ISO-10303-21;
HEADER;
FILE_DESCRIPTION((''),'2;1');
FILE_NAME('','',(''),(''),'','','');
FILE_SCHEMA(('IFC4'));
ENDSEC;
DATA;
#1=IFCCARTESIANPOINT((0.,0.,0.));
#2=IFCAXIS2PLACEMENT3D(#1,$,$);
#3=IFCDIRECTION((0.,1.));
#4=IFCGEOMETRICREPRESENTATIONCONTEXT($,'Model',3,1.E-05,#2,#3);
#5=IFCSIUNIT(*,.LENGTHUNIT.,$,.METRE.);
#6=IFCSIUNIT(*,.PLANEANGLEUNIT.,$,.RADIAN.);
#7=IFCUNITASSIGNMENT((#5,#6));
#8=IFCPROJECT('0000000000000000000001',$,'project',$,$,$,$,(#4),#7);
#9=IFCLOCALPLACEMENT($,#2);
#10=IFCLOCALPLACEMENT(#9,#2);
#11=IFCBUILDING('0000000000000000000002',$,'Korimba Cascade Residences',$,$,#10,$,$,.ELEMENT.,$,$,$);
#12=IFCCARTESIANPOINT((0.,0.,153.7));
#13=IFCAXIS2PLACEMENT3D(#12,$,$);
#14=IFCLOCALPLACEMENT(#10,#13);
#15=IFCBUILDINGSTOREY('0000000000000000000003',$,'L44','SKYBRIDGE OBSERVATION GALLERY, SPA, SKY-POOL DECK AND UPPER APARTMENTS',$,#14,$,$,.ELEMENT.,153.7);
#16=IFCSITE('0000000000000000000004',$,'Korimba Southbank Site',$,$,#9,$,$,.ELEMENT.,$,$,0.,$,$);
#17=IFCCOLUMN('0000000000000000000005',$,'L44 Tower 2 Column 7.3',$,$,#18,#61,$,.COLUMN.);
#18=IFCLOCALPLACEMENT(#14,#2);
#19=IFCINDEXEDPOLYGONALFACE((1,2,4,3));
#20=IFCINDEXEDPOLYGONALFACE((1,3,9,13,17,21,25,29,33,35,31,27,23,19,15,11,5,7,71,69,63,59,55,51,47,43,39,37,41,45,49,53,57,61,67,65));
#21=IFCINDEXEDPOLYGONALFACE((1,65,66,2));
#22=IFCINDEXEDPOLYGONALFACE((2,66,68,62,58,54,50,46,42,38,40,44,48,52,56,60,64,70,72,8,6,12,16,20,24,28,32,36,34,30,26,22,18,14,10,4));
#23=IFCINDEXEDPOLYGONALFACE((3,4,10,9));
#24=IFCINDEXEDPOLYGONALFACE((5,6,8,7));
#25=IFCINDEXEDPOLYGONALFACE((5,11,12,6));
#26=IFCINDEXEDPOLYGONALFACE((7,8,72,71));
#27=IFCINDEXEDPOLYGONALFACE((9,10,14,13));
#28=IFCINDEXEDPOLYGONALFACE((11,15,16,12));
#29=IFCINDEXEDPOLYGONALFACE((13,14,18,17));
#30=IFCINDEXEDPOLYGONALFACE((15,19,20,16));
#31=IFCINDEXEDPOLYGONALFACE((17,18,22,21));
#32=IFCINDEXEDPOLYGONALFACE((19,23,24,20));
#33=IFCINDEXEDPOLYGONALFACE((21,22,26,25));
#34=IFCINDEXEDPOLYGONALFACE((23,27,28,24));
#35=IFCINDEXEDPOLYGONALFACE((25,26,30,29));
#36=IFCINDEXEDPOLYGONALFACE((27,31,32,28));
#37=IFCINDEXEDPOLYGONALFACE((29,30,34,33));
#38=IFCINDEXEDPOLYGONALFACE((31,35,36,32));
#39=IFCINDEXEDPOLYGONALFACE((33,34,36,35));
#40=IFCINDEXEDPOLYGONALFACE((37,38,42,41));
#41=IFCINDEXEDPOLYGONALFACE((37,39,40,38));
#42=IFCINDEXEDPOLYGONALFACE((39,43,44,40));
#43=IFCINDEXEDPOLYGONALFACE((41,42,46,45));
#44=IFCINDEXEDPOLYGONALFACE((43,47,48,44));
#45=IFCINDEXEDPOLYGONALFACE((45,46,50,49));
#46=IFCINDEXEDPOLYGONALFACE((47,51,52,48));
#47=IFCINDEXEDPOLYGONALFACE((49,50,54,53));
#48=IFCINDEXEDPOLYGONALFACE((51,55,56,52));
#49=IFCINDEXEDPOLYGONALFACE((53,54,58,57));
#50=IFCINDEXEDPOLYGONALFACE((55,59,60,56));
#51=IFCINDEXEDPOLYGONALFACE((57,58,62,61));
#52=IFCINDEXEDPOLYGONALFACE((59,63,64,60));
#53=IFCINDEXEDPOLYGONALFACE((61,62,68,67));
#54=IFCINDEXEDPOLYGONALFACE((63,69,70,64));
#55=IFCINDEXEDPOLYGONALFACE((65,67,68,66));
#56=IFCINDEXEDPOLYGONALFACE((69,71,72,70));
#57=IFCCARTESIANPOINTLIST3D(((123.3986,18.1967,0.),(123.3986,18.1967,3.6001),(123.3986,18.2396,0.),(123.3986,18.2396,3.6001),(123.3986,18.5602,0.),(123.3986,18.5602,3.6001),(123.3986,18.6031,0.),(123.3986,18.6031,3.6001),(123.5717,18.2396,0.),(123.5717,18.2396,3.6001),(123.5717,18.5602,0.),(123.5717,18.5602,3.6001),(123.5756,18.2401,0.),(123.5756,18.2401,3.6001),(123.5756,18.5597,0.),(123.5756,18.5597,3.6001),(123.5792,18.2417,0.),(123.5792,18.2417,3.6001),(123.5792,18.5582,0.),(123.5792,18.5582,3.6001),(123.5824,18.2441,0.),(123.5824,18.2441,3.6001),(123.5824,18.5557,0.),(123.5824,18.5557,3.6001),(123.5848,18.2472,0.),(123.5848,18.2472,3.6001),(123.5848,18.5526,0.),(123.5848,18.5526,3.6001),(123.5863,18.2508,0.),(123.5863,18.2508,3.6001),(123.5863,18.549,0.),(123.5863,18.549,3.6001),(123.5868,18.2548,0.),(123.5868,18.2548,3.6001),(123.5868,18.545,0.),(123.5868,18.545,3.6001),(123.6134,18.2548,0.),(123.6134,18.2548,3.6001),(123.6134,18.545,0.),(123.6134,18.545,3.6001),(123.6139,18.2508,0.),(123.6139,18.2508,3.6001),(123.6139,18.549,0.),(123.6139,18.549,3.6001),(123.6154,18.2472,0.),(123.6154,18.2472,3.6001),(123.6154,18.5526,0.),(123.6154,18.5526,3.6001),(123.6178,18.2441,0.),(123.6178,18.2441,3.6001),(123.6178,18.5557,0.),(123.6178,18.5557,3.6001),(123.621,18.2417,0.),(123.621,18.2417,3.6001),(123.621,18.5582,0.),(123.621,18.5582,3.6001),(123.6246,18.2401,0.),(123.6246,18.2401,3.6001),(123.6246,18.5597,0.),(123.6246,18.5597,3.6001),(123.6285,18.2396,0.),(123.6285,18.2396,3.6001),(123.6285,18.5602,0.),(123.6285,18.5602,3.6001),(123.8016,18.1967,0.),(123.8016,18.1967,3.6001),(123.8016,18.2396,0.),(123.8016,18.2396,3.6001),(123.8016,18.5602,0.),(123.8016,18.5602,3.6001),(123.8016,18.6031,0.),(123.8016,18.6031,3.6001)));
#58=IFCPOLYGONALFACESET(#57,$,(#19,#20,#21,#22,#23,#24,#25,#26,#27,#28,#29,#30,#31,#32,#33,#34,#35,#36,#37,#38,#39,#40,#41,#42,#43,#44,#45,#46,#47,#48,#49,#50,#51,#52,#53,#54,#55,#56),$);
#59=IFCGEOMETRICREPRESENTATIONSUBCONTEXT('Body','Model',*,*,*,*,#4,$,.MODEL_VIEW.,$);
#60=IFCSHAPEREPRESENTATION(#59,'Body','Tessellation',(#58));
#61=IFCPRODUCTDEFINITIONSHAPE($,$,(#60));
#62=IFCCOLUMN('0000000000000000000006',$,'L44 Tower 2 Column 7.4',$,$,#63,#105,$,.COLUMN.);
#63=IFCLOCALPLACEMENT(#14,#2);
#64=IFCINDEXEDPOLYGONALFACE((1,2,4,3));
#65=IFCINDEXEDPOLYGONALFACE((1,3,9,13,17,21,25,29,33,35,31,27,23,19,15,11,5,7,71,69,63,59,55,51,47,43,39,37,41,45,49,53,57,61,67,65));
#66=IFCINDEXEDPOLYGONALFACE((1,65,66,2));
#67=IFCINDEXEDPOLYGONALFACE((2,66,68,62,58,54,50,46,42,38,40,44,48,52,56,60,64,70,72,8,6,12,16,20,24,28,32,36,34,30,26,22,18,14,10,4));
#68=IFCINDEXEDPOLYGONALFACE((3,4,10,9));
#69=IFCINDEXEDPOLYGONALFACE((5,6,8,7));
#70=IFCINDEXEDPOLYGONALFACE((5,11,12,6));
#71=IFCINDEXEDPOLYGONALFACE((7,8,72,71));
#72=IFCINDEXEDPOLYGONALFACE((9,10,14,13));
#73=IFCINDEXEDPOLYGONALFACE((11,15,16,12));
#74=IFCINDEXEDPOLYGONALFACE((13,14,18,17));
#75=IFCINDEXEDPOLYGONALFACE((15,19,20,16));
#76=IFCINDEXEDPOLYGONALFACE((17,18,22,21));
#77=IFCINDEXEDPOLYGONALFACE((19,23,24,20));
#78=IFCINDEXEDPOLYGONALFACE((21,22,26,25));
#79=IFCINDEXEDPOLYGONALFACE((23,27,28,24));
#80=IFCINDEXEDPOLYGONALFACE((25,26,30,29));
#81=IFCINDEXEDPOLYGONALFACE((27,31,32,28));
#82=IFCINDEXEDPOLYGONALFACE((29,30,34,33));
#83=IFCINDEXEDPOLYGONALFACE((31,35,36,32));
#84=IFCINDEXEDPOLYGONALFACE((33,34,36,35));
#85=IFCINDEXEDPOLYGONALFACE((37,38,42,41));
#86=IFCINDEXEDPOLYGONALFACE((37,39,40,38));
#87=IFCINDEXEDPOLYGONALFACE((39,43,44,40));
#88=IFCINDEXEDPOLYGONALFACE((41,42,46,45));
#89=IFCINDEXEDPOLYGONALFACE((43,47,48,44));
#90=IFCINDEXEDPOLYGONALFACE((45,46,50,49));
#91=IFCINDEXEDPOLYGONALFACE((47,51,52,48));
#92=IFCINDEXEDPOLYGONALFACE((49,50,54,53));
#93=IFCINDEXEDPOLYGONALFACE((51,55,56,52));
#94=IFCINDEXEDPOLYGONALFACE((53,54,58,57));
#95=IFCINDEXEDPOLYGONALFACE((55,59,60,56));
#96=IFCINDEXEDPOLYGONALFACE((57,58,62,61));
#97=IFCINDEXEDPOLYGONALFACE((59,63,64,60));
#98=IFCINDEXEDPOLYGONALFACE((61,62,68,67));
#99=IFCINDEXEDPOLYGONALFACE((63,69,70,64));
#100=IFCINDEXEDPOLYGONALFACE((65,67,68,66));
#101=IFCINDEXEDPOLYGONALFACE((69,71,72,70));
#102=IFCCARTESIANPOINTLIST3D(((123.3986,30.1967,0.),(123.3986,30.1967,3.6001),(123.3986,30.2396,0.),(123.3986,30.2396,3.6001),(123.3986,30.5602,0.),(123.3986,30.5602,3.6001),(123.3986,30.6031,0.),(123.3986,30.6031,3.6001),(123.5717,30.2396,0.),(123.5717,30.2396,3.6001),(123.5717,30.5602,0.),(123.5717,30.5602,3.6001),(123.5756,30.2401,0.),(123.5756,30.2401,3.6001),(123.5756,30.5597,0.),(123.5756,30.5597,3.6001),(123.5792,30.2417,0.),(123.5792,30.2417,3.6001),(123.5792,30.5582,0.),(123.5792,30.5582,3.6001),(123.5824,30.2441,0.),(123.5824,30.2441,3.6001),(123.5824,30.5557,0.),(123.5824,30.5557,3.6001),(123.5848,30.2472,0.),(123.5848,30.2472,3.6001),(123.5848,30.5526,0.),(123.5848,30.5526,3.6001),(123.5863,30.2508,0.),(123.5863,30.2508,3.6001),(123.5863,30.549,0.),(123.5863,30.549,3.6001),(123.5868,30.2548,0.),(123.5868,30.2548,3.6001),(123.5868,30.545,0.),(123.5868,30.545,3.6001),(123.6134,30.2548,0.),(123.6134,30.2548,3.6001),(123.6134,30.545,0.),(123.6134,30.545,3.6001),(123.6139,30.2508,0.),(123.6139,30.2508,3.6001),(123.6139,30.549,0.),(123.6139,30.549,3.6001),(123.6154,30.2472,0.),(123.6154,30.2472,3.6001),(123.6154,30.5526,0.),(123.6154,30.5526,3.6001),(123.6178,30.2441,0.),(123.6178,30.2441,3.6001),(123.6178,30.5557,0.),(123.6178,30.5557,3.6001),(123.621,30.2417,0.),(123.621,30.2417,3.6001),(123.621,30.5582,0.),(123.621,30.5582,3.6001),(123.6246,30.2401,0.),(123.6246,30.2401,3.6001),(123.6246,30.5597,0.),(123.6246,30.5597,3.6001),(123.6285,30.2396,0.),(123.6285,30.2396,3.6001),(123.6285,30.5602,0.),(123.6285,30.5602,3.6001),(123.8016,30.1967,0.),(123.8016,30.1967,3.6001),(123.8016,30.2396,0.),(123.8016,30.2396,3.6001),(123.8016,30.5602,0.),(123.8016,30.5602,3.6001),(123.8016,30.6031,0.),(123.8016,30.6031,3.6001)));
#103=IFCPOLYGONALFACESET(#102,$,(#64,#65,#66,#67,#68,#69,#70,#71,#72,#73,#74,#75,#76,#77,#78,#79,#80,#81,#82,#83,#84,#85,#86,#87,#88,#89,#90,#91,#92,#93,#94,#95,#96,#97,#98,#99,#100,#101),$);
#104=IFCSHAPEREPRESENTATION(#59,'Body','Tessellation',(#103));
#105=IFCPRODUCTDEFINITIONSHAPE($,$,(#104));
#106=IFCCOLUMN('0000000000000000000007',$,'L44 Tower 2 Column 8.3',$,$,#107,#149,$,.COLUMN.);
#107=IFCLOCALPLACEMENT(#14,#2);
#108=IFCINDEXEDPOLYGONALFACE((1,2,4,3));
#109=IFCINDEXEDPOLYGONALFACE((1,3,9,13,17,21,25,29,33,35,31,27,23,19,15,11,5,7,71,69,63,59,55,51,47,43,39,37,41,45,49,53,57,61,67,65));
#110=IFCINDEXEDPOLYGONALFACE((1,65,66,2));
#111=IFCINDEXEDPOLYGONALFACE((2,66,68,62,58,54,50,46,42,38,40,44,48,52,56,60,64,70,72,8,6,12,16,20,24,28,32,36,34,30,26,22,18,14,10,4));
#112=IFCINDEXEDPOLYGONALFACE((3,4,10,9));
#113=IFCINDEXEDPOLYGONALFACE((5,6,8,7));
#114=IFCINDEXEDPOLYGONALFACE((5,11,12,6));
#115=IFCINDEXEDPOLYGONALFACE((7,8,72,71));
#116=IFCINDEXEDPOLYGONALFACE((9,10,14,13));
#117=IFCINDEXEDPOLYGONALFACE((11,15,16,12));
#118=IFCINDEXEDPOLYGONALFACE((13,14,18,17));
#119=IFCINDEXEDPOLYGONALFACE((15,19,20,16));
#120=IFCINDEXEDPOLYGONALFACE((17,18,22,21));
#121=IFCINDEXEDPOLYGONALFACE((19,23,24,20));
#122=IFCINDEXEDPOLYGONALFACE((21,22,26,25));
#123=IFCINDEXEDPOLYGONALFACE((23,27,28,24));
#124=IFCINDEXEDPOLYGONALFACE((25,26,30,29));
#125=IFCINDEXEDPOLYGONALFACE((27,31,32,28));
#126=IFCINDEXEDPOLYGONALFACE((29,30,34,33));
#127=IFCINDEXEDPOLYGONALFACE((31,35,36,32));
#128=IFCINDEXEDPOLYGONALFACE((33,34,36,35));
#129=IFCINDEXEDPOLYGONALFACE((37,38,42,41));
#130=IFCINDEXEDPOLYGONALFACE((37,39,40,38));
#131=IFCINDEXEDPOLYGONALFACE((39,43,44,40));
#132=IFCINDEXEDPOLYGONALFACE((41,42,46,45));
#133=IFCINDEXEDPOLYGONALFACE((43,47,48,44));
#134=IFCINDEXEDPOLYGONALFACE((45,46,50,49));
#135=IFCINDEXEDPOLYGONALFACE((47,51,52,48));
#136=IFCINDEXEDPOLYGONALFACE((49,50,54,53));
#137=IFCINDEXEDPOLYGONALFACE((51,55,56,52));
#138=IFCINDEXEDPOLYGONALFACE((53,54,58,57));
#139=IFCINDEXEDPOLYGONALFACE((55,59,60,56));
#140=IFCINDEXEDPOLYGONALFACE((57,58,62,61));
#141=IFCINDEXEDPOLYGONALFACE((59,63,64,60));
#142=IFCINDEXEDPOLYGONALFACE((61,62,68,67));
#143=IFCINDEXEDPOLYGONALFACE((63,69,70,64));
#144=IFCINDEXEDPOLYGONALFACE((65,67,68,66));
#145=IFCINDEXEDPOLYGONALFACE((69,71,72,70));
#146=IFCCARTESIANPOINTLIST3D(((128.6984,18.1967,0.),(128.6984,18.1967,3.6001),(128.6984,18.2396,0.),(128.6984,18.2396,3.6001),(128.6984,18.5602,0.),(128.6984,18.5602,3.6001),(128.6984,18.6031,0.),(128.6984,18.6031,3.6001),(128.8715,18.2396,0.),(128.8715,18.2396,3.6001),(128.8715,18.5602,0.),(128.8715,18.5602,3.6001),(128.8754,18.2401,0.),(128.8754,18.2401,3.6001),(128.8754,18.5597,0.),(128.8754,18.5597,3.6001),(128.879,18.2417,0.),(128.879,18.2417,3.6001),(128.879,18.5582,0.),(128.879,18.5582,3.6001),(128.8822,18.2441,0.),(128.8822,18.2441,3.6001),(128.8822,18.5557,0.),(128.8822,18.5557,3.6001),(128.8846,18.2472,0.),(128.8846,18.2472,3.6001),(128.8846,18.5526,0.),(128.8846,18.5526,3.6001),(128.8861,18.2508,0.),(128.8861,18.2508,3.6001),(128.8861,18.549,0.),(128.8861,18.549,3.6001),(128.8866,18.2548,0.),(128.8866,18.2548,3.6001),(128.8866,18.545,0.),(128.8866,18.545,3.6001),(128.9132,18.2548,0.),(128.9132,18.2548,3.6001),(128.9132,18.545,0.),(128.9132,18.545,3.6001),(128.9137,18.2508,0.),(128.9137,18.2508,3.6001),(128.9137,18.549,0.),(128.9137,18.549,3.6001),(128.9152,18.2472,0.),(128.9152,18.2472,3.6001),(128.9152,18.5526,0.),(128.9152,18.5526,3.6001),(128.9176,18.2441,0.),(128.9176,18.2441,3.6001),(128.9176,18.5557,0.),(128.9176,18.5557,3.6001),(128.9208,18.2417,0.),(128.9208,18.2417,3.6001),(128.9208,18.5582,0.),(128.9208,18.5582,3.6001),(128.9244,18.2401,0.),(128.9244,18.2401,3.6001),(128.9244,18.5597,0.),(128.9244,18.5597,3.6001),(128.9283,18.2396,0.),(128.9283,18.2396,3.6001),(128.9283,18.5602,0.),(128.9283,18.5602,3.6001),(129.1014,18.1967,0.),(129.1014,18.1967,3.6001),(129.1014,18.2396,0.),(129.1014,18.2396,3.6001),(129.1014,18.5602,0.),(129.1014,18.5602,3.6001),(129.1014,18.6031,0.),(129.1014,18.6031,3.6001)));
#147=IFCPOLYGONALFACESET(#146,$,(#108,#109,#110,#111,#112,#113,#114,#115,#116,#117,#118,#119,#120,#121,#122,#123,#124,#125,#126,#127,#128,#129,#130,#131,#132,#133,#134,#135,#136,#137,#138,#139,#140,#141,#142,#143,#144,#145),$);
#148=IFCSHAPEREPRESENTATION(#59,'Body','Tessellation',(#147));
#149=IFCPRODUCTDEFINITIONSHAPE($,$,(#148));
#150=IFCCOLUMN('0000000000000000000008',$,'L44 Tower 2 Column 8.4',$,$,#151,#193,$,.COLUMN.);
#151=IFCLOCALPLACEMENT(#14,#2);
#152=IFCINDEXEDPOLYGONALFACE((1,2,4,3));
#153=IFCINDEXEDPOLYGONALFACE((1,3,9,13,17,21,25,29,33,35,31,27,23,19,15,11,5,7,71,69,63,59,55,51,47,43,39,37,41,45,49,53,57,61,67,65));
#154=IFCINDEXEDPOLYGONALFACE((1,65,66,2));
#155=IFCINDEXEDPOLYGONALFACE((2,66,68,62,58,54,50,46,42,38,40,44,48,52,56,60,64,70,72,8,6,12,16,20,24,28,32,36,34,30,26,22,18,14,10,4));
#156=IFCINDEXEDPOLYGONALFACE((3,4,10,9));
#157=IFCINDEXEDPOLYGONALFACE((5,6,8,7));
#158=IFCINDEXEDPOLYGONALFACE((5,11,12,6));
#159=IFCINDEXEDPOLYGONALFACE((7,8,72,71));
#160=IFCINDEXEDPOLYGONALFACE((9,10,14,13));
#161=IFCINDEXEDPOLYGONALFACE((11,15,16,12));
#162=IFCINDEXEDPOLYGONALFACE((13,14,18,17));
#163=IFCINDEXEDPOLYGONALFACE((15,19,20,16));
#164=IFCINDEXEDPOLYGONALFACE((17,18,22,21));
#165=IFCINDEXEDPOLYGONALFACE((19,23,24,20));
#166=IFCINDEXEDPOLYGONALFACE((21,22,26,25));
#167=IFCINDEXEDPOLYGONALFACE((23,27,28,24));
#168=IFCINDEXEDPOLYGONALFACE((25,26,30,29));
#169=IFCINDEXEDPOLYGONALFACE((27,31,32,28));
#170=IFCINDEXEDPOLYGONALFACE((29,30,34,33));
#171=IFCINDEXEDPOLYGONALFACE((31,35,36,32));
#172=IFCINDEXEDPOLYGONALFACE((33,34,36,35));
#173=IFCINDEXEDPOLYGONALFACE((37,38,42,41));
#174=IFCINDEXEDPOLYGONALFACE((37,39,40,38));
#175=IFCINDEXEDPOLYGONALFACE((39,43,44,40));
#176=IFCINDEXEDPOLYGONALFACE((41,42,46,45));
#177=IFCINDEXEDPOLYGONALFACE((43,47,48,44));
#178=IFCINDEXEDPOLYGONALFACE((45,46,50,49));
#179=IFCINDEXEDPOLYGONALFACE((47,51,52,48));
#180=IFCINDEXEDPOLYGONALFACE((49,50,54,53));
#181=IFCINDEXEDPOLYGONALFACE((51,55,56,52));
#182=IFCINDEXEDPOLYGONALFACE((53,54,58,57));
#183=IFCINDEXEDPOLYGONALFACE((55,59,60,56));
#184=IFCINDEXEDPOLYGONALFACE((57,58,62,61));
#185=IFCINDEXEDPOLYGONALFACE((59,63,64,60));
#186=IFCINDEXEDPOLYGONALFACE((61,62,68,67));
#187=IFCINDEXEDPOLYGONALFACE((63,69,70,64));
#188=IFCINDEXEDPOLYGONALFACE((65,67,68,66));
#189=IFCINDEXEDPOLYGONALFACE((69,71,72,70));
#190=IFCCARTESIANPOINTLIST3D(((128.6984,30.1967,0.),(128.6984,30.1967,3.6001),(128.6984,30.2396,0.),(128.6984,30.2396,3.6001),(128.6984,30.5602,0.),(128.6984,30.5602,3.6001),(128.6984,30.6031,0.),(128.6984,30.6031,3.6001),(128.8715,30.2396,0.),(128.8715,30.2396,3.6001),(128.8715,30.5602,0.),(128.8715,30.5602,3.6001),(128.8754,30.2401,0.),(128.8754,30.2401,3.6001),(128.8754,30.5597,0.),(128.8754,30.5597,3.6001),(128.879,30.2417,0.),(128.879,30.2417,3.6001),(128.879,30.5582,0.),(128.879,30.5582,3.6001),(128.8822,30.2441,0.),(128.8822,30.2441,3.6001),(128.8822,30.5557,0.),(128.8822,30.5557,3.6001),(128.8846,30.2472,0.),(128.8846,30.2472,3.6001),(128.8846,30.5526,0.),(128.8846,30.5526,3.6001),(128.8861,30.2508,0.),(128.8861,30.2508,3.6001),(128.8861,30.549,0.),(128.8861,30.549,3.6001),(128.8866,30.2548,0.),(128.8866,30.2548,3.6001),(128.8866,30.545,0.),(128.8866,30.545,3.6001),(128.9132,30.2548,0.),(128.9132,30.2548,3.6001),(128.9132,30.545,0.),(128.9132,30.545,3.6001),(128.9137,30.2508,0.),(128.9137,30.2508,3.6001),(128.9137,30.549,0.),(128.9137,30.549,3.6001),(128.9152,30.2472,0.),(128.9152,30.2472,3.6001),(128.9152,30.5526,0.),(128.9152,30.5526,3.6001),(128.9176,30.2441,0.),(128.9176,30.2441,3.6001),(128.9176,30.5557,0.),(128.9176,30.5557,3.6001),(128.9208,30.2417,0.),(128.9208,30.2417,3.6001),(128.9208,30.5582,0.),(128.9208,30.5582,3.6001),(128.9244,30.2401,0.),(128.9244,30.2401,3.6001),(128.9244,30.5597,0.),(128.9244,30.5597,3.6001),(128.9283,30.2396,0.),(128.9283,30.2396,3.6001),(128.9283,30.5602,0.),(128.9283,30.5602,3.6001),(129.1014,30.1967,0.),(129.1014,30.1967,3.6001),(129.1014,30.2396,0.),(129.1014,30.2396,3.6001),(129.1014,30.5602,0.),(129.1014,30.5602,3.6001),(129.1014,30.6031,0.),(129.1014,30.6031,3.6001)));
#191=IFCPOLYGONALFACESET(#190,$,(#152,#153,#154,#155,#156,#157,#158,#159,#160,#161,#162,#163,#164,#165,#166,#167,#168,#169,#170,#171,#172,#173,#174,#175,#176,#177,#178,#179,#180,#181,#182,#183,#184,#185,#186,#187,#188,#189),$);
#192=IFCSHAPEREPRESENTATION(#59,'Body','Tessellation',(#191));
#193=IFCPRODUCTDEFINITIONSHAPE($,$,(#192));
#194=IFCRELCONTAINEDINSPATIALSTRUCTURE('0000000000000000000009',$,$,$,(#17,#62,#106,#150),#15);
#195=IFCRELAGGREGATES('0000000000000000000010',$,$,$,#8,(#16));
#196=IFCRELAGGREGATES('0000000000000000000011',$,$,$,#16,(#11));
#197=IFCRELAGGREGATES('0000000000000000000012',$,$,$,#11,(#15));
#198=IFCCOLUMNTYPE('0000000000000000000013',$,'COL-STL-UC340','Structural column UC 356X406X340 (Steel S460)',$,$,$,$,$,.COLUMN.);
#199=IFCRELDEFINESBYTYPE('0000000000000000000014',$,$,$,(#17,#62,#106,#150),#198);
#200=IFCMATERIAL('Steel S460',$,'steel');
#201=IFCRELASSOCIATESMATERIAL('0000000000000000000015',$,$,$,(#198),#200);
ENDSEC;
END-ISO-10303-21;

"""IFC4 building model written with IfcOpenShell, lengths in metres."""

from ifc_helpers import new_model, si_unit, direction, frame, origin, origin_2d, place, context, subcontext, project, spatial, i_section, extrude, material, material_profile, profile_set, type_object, element, save


model = new_model("IFC4")

# Units and contexts
model_context = context("Model", 3, precision=1e-05, world=origin(), true_north=direction((0.0, 1.0)))
body_context = subcontext(model_context, "Body", "Model", "MODEL_VIEW")
ifc_project = project(units=[si_unit("LENGTHUNIT", "METRE"), si_unit("PLANEANGLEUNIT", "RADIAN")], contexts=[model_context])

# Site, building, storey
site_placement = place(None, origin())
site = spatial("IfcSite", under=ifc_project, at=site_placement, Name="Korimba Southbank Site", CompositionType="ELEMENT", RefElevation=0.0)
building_placement = place(site_placement, origin())
building = spatial("IfcBuilding", under=site, at=building_placement, Name="Korimba Cascade Residences", CompositionType="ELEMENT")
storey_placement = place(building_placement, frame((0.0, 0.0, 153.7)))
storey = spatial("IfcBuildingStorey", under=building, at=storey_placement, Name="L44", Description="SKYBRIDGE OBSERVATION GALLERY, SPA, SKY-POOL DECK AND UPPER APARTMENTS", CompositionType="ELEMENT", Elevation=153.7)

# Columns
ifc_material_1 = material(Name="Steel S460", Category="steel")
ifc_material_profile_1 = material_profile(ifc_material_1, i_section(OverallWidth=0.4031, OverallDepth=0.4065, WebThickness=0.0266, FlangeThickness=0.043, FilletRadius=0.0151, at=origin_2d()), Name="Steel S460")
ifc_profile_set_1 = profile_set([ifc_material_profile_1], Name="Steel S460")
column_type = type_object("IfcColumnType", Name="COL-STL-UC340", Description="Structural column UC 356X406X340 (Steel S460)", PredefinedType="COLUMN", material=ifc_profile_set_1)
for number, where, z_axis, x_axis, name in (
    (1, (123.6001, 18.3999, 0.0), (0.0, 0.0, 1.0), (1.0, 0.0, 0.0), "L44 Tower 2 Column 7.3"),
    (2, (123.6001, 30.3999, 0.0), (0.0, 0.0, 1.0), (1.0, 0.0, 0.0), "L44 Tower 2 Column 7.4"),
    (3, (128.8999, 18.3999, 0.0), (0.0, 0.0, 1.0), (1.0, 0.0, 0.0), "L44 Tower 2 Column 8.3"),
    (4, (128.8999, 30.3999, 0.0), (0.0, 0.0, 1.0), (1.0, 0.0, 0.0), "L44 Tower 2 Column 8.4"),
):
    element("IfcColumn", number, at=place(storey_placement, frame(where, z_axis=z_axis, x_axis=x_axis)), inside=storey, type_object=column_type, Name=name, PredefinedType="COLUMN", context=body_context, shape_type="SweptSolid", body=[
        extrude(i_section(OverallWidth=0.4031, OverallDepth=0.4065, WebThickness=0.0266, FlangeThickness=0.043, FilletRadius=0.0151, at=origin_2d()), origin(), (0.0, 0.0, 1.0), 3.6001),
    ])

save(model, "model.ifc")
